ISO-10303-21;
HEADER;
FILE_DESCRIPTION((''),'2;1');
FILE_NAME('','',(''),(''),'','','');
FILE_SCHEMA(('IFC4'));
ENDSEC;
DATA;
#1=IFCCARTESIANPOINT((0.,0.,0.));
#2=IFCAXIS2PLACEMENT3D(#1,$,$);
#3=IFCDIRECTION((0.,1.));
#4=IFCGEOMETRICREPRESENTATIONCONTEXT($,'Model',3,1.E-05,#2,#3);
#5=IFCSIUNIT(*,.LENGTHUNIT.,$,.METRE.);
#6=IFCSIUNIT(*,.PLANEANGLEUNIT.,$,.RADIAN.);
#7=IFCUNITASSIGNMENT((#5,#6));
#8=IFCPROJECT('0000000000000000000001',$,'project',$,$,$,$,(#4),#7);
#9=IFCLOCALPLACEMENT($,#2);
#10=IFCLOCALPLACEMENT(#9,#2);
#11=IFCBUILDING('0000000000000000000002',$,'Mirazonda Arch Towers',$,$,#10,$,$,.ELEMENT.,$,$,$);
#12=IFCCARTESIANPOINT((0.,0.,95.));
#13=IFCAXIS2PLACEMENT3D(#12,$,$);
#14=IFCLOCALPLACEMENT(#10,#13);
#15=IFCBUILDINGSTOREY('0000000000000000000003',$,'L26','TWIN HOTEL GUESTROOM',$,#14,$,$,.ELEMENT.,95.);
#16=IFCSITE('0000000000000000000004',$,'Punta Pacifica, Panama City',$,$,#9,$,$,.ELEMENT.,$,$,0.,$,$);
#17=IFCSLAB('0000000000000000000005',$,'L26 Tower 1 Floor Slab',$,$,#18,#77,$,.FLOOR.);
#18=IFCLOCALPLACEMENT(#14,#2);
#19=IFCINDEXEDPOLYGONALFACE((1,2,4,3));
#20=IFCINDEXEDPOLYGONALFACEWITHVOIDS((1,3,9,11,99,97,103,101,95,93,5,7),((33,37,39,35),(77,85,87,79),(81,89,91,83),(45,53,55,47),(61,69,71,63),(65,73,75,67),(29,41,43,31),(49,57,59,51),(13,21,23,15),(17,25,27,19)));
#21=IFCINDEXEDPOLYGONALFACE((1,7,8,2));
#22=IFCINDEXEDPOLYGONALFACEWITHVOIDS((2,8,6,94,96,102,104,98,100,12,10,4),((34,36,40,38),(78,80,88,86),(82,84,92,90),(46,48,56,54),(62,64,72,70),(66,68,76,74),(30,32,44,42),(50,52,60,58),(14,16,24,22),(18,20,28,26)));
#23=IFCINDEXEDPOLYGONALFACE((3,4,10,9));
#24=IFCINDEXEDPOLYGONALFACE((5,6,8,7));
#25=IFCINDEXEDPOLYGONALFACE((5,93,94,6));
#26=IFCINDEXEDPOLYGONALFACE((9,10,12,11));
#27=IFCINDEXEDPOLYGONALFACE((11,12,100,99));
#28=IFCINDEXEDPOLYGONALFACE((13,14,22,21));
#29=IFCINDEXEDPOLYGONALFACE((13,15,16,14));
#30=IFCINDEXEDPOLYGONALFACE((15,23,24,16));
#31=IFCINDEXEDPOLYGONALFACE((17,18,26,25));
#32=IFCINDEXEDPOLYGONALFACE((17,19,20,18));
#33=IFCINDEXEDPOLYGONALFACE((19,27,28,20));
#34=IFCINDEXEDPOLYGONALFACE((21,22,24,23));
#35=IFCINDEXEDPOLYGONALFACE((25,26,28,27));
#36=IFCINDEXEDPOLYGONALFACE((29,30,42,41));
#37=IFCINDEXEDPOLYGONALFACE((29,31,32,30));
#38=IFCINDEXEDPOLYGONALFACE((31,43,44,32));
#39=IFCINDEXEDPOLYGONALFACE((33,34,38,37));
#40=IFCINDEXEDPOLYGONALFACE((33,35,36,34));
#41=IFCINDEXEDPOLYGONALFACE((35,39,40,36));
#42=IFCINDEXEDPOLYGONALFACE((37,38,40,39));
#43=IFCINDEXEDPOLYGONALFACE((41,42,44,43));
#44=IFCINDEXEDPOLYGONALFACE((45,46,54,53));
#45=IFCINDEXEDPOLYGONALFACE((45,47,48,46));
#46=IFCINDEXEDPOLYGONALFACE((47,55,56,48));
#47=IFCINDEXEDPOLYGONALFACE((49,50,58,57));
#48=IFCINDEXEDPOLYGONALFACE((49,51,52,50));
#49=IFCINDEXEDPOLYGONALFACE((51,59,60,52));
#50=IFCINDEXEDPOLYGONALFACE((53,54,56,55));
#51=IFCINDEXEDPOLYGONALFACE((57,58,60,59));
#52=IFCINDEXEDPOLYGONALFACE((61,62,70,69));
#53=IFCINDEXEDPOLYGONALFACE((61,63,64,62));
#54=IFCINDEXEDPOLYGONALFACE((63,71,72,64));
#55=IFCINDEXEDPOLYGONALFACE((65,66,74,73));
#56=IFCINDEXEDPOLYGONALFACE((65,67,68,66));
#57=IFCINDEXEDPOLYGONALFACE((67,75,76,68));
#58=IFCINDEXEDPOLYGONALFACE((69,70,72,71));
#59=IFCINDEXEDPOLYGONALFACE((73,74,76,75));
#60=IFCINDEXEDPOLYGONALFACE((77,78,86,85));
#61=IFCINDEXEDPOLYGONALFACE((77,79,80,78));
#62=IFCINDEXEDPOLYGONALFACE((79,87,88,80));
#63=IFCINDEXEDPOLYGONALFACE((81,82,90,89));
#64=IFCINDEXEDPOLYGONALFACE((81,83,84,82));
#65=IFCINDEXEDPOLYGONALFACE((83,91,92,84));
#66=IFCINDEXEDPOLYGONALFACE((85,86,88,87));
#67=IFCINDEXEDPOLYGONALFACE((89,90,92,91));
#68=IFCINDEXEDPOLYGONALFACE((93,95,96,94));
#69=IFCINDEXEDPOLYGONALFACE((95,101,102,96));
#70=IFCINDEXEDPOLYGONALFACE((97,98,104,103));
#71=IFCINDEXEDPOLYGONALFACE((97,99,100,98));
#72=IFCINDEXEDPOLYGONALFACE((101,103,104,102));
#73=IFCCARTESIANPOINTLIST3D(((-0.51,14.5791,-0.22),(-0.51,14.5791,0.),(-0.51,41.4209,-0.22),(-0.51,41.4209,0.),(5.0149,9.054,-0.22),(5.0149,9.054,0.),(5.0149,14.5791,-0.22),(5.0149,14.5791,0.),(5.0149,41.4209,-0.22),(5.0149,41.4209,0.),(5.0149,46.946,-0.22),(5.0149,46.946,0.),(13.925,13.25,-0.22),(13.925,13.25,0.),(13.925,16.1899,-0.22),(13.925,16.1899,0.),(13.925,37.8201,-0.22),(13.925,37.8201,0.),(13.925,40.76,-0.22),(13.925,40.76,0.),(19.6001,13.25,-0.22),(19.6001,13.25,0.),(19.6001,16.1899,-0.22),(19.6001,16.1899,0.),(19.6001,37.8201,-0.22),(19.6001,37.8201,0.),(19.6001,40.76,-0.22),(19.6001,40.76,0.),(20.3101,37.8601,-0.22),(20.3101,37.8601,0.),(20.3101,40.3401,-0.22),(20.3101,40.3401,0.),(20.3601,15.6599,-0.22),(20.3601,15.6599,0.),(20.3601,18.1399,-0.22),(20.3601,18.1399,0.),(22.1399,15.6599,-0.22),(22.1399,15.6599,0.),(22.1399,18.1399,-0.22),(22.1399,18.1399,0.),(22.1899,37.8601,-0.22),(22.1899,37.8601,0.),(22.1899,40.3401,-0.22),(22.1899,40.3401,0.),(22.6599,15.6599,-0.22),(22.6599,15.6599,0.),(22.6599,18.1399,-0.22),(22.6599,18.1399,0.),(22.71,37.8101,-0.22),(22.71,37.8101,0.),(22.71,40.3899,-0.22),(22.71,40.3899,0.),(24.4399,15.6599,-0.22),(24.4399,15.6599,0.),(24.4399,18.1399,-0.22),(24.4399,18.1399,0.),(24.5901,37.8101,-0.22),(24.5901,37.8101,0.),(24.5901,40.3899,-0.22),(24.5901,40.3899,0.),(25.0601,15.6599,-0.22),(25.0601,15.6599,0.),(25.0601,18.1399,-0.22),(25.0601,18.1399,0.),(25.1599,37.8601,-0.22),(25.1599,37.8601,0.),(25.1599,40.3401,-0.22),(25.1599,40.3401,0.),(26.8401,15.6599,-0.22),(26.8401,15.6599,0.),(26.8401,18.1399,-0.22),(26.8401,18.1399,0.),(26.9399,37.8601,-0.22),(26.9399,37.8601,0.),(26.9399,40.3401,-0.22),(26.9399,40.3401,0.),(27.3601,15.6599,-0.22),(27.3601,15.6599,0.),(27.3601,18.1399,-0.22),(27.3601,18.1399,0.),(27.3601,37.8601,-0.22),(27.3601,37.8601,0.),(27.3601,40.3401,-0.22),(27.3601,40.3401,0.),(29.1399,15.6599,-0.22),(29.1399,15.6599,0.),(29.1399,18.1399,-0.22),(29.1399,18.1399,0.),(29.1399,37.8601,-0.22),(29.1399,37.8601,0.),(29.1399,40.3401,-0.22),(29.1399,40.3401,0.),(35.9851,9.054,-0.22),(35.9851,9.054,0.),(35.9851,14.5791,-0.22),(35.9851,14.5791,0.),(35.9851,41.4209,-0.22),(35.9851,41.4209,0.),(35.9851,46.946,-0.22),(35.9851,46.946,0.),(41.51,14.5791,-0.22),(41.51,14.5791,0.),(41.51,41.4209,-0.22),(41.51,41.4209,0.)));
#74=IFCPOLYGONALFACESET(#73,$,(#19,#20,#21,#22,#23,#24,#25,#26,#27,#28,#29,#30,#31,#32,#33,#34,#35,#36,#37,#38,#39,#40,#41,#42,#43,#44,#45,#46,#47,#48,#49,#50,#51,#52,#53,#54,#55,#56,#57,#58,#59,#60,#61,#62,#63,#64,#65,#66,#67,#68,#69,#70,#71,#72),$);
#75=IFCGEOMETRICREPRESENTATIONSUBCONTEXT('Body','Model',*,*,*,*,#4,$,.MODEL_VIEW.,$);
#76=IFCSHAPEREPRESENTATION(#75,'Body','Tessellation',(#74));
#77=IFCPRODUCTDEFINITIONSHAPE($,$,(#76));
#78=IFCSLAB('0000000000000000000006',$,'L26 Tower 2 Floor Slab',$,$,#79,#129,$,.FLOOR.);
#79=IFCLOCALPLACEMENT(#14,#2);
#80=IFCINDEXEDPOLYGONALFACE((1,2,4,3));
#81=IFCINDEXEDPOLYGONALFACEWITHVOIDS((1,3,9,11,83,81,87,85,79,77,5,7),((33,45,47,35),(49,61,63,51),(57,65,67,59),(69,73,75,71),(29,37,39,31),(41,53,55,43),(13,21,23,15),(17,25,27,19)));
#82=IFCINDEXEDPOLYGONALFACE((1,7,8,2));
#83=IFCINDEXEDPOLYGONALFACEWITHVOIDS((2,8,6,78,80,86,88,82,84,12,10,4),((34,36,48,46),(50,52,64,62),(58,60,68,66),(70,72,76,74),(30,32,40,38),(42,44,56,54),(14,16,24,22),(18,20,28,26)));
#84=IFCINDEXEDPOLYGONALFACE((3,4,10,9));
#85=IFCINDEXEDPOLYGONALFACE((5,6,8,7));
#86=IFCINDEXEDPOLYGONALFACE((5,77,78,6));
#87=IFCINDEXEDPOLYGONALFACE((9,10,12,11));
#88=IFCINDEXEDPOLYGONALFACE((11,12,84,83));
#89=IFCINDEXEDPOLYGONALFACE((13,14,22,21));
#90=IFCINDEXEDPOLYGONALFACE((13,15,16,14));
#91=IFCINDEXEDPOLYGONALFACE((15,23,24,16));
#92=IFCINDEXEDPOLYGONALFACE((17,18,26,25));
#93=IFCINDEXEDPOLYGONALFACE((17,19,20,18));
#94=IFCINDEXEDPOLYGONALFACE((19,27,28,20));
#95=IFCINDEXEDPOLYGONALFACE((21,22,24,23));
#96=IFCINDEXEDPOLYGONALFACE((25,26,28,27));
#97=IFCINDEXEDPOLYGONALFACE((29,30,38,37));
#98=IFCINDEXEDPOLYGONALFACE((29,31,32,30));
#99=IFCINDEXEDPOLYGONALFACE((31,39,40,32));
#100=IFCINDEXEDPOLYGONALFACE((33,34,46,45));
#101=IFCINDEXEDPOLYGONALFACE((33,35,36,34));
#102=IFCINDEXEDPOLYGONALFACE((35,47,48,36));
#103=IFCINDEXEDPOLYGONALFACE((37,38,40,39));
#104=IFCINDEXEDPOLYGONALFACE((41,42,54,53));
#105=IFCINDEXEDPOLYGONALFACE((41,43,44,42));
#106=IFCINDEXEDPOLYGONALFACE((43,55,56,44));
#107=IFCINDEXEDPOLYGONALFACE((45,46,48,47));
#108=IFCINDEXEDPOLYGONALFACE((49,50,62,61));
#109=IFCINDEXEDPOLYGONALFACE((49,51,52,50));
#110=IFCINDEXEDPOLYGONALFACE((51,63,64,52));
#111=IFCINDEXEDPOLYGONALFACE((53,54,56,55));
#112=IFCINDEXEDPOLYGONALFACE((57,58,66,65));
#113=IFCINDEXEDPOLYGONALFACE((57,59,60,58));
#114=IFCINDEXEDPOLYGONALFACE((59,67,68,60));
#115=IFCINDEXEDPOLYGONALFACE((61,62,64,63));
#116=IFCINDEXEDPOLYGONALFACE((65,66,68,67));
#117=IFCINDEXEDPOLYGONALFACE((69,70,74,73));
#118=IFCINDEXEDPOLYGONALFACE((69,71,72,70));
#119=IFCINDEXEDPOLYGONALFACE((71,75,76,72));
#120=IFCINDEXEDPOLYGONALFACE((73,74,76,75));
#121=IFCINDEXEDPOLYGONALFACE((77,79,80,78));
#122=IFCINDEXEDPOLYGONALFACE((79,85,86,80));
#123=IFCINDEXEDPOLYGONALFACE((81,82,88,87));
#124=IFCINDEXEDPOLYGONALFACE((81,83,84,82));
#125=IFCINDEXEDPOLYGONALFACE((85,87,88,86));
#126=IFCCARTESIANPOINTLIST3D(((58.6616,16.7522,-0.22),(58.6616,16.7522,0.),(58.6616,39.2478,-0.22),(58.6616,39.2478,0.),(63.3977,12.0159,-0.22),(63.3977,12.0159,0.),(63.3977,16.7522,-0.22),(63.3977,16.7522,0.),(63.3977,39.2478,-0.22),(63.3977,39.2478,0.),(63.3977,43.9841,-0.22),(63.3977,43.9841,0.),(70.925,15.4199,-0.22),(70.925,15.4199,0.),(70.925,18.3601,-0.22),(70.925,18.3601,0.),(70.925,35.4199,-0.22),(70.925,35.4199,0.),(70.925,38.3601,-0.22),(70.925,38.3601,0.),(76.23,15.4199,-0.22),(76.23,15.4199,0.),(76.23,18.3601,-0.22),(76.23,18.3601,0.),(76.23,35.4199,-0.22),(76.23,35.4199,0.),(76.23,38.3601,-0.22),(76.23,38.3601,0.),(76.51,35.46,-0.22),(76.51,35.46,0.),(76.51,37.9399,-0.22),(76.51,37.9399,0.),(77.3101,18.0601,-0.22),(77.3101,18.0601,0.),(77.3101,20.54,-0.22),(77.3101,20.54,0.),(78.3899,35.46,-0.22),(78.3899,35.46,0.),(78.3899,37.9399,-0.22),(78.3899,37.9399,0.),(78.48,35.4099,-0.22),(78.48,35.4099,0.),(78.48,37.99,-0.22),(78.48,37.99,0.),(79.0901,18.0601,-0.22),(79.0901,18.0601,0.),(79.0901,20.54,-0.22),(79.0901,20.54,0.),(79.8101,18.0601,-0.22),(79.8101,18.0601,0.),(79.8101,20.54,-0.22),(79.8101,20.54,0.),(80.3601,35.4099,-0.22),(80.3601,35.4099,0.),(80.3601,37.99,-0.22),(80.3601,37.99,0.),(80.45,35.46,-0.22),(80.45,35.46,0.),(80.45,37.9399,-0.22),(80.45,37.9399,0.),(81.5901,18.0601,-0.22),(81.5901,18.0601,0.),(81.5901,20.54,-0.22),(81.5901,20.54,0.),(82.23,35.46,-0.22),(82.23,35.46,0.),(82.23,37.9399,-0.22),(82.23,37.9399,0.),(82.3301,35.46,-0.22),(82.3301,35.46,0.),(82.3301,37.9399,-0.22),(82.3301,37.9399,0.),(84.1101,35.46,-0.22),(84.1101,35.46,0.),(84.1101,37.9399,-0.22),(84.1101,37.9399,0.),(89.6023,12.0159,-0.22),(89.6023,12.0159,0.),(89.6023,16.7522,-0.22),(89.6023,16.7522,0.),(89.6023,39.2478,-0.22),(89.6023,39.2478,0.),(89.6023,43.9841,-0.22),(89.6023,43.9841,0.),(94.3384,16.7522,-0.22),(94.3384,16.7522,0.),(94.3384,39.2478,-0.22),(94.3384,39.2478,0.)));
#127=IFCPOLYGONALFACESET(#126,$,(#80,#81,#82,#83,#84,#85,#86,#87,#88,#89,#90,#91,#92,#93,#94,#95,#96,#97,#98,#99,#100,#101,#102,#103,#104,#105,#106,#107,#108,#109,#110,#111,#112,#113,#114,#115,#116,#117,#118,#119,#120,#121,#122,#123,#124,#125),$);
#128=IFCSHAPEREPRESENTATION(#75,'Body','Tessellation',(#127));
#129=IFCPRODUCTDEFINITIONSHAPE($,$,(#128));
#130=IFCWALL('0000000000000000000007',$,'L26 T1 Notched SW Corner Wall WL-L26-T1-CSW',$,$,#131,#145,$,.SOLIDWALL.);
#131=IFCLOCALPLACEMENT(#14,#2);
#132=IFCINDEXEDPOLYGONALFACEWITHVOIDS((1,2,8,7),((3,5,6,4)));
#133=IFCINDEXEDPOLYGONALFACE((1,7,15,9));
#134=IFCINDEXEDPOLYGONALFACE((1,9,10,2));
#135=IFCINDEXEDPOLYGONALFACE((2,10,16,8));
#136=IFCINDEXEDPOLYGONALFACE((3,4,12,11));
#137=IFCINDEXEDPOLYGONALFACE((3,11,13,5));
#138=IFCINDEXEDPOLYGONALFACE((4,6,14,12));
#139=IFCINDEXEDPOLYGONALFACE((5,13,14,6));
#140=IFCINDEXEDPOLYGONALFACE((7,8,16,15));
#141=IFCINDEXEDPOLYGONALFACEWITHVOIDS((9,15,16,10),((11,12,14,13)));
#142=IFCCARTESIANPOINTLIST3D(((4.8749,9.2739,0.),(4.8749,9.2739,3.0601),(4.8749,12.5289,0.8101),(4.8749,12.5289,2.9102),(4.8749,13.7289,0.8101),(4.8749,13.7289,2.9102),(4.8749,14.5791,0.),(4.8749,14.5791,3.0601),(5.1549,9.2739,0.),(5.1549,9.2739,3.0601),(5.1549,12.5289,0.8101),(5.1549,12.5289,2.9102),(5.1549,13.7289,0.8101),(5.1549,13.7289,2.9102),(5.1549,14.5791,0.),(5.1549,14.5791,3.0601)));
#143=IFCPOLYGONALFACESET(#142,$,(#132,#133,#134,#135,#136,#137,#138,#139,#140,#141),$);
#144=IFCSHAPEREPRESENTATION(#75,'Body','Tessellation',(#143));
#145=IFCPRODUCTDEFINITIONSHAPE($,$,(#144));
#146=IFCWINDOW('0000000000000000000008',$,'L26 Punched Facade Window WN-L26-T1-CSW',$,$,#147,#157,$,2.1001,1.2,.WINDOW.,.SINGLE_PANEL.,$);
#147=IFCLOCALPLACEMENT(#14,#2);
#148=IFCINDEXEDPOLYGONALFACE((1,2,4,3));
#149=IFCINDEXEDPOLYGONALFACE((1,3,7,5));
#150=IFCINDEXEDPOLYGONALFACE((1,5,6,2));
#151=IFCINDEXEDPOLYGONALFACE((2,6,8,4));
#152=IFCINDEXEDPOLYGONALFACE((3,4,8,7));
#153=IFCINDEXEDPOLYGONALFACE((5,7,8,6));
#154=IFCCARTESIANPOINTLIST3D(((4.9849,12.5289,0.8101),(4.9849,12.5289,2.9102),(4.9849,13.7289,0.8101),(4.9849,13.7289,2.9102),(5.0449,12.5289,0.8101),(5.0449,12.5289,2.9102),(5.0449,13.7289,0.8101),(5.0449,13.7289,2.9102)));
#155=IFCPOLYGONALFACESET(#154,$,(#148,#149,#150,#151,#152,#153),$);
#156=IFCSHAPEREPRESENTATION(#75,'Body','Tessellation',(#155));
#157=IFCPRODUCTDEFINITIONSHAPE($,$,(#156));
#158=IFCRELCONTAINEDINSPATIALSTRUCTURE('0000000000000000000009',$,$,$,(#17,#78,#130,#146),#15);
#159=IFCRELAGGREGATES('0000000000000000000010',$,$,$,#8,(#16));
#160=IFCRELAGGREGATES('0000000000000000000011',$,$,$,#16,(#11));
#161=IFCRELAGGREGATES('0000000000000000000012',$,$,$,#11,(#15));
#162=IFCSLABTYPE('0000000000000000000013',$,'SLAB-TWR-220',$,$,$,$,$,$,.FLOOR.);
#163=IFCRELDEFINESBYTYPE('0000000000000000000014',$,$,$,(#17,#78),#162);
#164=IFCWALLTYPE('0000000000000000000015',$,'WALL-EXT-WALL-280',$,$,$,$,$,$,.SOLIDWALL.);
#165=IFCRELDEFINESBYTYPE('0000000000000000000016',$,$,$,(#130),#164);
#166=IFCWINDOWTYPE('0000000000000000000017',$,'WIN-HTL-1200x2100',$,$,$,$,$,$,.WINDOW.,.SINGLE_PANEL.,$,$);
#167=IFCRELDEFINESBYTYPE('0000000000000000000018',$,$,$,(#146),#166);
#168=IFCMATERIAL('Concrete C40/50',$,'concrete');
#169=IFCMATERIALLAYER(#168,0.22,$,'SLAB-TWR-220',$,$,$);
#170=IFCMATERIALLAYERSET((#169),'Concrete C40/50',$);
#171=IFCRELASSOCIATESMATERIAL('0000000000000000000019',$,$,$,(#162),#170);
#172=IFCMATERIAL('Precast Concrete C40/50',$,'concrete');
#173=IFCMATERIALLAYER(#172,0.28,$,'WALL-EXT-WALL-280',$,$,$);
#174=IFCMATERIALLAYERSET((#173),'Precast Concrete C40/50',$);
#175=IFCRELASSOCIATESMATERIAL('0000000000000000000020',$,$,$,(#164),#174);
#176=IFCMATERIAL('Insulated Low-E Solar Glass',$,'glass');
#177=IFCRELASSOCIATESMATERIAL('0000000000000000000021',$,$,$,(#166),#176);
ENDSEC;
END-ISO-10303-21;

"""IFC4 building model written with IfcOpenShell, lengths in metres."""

from ifc_helpers import new_model, si_unit, direction, frame, frame_2d, origin, place, context, subcontext, project, spatial, polyline, rectangle, outline, extrude, material, layer, layer_set, type_object, element, fill, save


model = new_model("IFC4")

# Units and contexts
model_context = context("Model", 3, precision=1e-05, world=origin(), true_north=direction((0.0, 1.0)))
body_context = subcontext(model_context, "Body", "Model", "MODEL_VIEW")
ifc_project = project(units=[si_unit("LENGTHUNIT", "METRE"), si_unit("PLANEANGLEUNIT", "RADIAN")], contexts=[model_context])

# Site, building, storey
site_placement = place(None, origin())
site = spatial("IfcSite", under=ifc_project, at=site_placement, Name="Punta Pacifica, Panama City", CompositionType="ELEMENT", RefElevation=0.0)
building_placement = place(site_placement, origin())
building = spatial("IfcBuilding", under=site, at=building_placement, Name="Mirazonda Arch Towers", CompositionType="ELEMENT")
storey_placement = place(building_placement, frame((0.0, 0.0, 95.0)))
storey = spatial("IfcBuildingStorey", under=building, at=storey_placement, Name="L26", Description="TWIN HOTEL GUESTROOM", CompositionType="ELEMENT", Elevation=95.0)

# Shared definitions
ifc_material_1 = material(Name="Insulated Low-E Solar Glass", Category="glass")

# Shared definitions
ifc_material_2 = material(Name="Concrete C40/50", Category="concrete")

# Slabs
ifc_layer_1 = layer(ifc_material_2, 0.22, Name="SLAB-TWR-220")
ifc_layer_set_1 = layer_set([ifc_layer_1], Name="Concrete C40/50")
slab_type_1 = type_object("IfcSlabType", Name="SLAB-TWR-220", PredefinedType="FLOOR", material=ifc_layer_set_1)
slab_1_placement = place(storey_placement, frame((0.0, 0.0, -0.22)))
element("IfcSlab", 1, at=slab_1_placement, inside=storey, type_object=slab_type_1, Name="L26 Tower 1 Floor Slab", PredefinedType="FLOOR", context=body_context, shape_type="SweptSolid", body=[
    extrude(outline(polyline([(5.0149, 9.054), (35.9851, 9.054), (35.9851, 14.5791), (41.51, 14.5791), (41.51, 41.4209), (35.9851, 41.4209), (35.9851, 46.946), (5.0149, 46.946), (5.0149, 41.4209), (-0.51, 41.4209), (-0.51, 14.5791), (5.0149, 14.5791), (5.0149, 9.054)]), holes=[polyline([(29.1399, 18.1399), (29.1399, 15.6599), (27.3601, 15.6599), (27.3601, 18.1399), (29.1399, 18.1399)]), polyline([(29.1399, 40.3401), (29.1399, 37.8601), (27.3601, 37.8601), (27.3601, 40.3401), (29.1399, 40.3401)]), polyline([(25.1599, 40.3401), (26.9399, 40.3401), (26.9399, 37.8601), (25.1599, 37.8601), (25.1599, 40.3401)]), polyline([(26.8401, 18.1399), (26.8401, 15.6599), (25.0601, 15.6599), (25.0601, 18.1399), (26.8401, 18.1399)]), polyline([(22.71, 40.3899), (24.5901, 40.3899), (24.5901, 37.8101), (22.71, 37.8101), (22.71, 40.3899)]), polyline([(22.6599, 18.1399), (24.4399, 18.1399), (24.4399, 15.6599), (22.6599, 15.6599), (22.6599, 18.1399)]), polyline([(20.3101, 40.3401), (22.1899, 40.3401), (22.1899, 37.8601), (20.3101, 37.8601), (20.3101, 40.3401)]), polyline([(20.3601, 18.1399), (22.1399, 18.1399), (22.1399, 15.6599), (20.3601, 15.6599), (20.3601, 18.1399)]), polyline([(13.925, 40.76), (19.6001, 40.76), (19.6001, 37.8201), (13.925, 37.8201), (13.925, 40.76)]), polyline([(13.925, 13.25), (13.925, 16.1899), (19.6001, 16.1899), (19.6001, 13.25), (13.925, 13.25)])]), origin(), (0.0, 0.0, 1.0), 0.22),
])
slab_2_placement = place(storey_placement, frame((0.0, 0.0, -0.22)))
element("IfcSlab", 2, at=slab_2_placement, inside=storey, type_object=slab_type_1, Name="L26 Tower 2 Floor Slab", PredefinedType="FLOOR", context=body_context, shape_type="SweptSolid", body=[
    extrude(outline(polyline([(63.3977, 12.0159), (89.6023, 12.0159), (89.6023, 16.7522), (94.3384, 16.7522), (94.3384, 39.2478), (89.6023, 39.2478), (89.6023, 43.9841), (63.3977, 43.9841), (63.3977, 39.2478), (58.6616, 39.2478), (58.6616, 16.7522), (63.3977, 16.7522), (63.3977, 12.0159)]), holes=[polyline([(82.3301, 37.9399), (84.1101, 37.9399), (84.1101, 35.46), (82.3301, 35.46), (82.3301, 37.9399)]), polyline([(80.45, 37.9399), (82.23, 37.9399), (82.23, 35.46), (80.45, 35.46), (80.45, 37.9399)]), polyline([(79.8101, 20.54), (81.5901, 20.54), (81.5901, 18.0601), (79.8101, 18.0601), (79.8101, 20.54)]), polyline([(78.48, 37.99), (80.3601, 37.99), (80.3601, 35.4099), (78.48, 35.4099), (78.48, 37.99)]), polyline([(77.3101, 20.54), (79.0901, 20.54), (79.0901, 18.0601), (77.3101, 18.0601), (77.3101, 20.54)]), polyline([(76.51, 37.9399), (78.3899, 37.9399), (78.3899, 35.46), (76.51, 35.46), (76.51, 37.9399)]), polyline([(70.925, 15.4199), (70.925, 18.3601), (76.23, 18.3601), (76.23, 15.4199), (70.925, 15.4199)]), polyline([(70.925, 35.4199), (70.925, 38.3601), (76.23, 38.3601), (76.23, 35.4199), (70.925, 35.4199)])]), origin(), (0.0, 0.0, 1.0), 0.22),
])

# Wall, opening, window
ifc_material_3 = material(Name="Precast Concrete C40/50", Category="concrete")
ifc_layer_2 = layer(ifc_material_3, 0.28, Name="WALL-EXT-WALL-280")
ifc_layer_set_2 = layer_set([ifc_layer_2], Name="Precast Concrete C40/50")
wall_type_1 = type_object("IfcWallType", Name="WALL-EXT-WALL-280", PredefinedType="SOLIDWALL", material=ifc_layer_set_2)
wall_1_placement = place(storey_placement, frame((5.0149, 14.5791, 0.0), z_axis=(0.0, 0.0, 1.0), x_axis=(0.0, -1.0, 0.0)))
wall_1 = element("IfcWall", 3, at=wall_1_placement, inside=storey, type_object=wall_type_1, Name="L26 T1 Notched SW Corner Wall WL-L26-T1-CSW", PredefinedType="SOLIDWALL", context=body_context, shape_type="SweptSolid", body=[
    extrude(rectangle(XDim=5.3052, YDim=0.28, at=frame_2d((2.6526, 0.0))), origin(), (0.0, 0.0, 1.0), 3.0601),
])
opening_1_placement = place(wall_1_placement, frame((0.8501, 0.0, 0.8101)))
opening_1 = element("IfcOpeningElement", 4, at=opening_1_placement, cuts=wall_1, PredefinedType="OPENING", context=body_context, shape_type="SweptSolid", body=[
    extrude(rectangle(XDim=1.2, YDim=2.1001, at=frame_2d((0.6001, 1.05))), frame((0.0, 0.1499, 0.0), z_axis=(0.0, -1.0, 0.0), x_axis=(1.0, 0.0, 0.0)), (0.0, 0.0, 1.0), 0.3),
])
window_type_1 = type_object("IfcWindowType", Name="WIN-HTL-1200x2100", PartitioningType="SINGLE_PANEL", PredefinedType="WINDOW", material=ifc_material_1)
window_1_placement = place(opening_1_placement, origin())
window_1 = element("IfcWindow", 5, at=window_1_placement, inside=storey, type_object=window_type_1, Name="L26 Punched Facade Window WN-L26-T1-CSW", OverallHeight=2.1001, OverallWidth=1.2, PartitioningType="SINGLE_PANEL", PredefinedType="WINDOW", context=body_context, shape_type="SweptSolid", body=[
    extrude(rectangle(XDim=1.2, YDim=2.1001, at=frame_2d((0.6001, 1.05))), frame((0.0, 0.03, 0.0), z_axis=(0.0, -1.0, 0.0), x_axis=(1.0, 0.0, 0.0)), (0.0, 0.0, 1.0), 0.0601),
])
fill(opening_1, window_1)

save(model, "model.ifc")
